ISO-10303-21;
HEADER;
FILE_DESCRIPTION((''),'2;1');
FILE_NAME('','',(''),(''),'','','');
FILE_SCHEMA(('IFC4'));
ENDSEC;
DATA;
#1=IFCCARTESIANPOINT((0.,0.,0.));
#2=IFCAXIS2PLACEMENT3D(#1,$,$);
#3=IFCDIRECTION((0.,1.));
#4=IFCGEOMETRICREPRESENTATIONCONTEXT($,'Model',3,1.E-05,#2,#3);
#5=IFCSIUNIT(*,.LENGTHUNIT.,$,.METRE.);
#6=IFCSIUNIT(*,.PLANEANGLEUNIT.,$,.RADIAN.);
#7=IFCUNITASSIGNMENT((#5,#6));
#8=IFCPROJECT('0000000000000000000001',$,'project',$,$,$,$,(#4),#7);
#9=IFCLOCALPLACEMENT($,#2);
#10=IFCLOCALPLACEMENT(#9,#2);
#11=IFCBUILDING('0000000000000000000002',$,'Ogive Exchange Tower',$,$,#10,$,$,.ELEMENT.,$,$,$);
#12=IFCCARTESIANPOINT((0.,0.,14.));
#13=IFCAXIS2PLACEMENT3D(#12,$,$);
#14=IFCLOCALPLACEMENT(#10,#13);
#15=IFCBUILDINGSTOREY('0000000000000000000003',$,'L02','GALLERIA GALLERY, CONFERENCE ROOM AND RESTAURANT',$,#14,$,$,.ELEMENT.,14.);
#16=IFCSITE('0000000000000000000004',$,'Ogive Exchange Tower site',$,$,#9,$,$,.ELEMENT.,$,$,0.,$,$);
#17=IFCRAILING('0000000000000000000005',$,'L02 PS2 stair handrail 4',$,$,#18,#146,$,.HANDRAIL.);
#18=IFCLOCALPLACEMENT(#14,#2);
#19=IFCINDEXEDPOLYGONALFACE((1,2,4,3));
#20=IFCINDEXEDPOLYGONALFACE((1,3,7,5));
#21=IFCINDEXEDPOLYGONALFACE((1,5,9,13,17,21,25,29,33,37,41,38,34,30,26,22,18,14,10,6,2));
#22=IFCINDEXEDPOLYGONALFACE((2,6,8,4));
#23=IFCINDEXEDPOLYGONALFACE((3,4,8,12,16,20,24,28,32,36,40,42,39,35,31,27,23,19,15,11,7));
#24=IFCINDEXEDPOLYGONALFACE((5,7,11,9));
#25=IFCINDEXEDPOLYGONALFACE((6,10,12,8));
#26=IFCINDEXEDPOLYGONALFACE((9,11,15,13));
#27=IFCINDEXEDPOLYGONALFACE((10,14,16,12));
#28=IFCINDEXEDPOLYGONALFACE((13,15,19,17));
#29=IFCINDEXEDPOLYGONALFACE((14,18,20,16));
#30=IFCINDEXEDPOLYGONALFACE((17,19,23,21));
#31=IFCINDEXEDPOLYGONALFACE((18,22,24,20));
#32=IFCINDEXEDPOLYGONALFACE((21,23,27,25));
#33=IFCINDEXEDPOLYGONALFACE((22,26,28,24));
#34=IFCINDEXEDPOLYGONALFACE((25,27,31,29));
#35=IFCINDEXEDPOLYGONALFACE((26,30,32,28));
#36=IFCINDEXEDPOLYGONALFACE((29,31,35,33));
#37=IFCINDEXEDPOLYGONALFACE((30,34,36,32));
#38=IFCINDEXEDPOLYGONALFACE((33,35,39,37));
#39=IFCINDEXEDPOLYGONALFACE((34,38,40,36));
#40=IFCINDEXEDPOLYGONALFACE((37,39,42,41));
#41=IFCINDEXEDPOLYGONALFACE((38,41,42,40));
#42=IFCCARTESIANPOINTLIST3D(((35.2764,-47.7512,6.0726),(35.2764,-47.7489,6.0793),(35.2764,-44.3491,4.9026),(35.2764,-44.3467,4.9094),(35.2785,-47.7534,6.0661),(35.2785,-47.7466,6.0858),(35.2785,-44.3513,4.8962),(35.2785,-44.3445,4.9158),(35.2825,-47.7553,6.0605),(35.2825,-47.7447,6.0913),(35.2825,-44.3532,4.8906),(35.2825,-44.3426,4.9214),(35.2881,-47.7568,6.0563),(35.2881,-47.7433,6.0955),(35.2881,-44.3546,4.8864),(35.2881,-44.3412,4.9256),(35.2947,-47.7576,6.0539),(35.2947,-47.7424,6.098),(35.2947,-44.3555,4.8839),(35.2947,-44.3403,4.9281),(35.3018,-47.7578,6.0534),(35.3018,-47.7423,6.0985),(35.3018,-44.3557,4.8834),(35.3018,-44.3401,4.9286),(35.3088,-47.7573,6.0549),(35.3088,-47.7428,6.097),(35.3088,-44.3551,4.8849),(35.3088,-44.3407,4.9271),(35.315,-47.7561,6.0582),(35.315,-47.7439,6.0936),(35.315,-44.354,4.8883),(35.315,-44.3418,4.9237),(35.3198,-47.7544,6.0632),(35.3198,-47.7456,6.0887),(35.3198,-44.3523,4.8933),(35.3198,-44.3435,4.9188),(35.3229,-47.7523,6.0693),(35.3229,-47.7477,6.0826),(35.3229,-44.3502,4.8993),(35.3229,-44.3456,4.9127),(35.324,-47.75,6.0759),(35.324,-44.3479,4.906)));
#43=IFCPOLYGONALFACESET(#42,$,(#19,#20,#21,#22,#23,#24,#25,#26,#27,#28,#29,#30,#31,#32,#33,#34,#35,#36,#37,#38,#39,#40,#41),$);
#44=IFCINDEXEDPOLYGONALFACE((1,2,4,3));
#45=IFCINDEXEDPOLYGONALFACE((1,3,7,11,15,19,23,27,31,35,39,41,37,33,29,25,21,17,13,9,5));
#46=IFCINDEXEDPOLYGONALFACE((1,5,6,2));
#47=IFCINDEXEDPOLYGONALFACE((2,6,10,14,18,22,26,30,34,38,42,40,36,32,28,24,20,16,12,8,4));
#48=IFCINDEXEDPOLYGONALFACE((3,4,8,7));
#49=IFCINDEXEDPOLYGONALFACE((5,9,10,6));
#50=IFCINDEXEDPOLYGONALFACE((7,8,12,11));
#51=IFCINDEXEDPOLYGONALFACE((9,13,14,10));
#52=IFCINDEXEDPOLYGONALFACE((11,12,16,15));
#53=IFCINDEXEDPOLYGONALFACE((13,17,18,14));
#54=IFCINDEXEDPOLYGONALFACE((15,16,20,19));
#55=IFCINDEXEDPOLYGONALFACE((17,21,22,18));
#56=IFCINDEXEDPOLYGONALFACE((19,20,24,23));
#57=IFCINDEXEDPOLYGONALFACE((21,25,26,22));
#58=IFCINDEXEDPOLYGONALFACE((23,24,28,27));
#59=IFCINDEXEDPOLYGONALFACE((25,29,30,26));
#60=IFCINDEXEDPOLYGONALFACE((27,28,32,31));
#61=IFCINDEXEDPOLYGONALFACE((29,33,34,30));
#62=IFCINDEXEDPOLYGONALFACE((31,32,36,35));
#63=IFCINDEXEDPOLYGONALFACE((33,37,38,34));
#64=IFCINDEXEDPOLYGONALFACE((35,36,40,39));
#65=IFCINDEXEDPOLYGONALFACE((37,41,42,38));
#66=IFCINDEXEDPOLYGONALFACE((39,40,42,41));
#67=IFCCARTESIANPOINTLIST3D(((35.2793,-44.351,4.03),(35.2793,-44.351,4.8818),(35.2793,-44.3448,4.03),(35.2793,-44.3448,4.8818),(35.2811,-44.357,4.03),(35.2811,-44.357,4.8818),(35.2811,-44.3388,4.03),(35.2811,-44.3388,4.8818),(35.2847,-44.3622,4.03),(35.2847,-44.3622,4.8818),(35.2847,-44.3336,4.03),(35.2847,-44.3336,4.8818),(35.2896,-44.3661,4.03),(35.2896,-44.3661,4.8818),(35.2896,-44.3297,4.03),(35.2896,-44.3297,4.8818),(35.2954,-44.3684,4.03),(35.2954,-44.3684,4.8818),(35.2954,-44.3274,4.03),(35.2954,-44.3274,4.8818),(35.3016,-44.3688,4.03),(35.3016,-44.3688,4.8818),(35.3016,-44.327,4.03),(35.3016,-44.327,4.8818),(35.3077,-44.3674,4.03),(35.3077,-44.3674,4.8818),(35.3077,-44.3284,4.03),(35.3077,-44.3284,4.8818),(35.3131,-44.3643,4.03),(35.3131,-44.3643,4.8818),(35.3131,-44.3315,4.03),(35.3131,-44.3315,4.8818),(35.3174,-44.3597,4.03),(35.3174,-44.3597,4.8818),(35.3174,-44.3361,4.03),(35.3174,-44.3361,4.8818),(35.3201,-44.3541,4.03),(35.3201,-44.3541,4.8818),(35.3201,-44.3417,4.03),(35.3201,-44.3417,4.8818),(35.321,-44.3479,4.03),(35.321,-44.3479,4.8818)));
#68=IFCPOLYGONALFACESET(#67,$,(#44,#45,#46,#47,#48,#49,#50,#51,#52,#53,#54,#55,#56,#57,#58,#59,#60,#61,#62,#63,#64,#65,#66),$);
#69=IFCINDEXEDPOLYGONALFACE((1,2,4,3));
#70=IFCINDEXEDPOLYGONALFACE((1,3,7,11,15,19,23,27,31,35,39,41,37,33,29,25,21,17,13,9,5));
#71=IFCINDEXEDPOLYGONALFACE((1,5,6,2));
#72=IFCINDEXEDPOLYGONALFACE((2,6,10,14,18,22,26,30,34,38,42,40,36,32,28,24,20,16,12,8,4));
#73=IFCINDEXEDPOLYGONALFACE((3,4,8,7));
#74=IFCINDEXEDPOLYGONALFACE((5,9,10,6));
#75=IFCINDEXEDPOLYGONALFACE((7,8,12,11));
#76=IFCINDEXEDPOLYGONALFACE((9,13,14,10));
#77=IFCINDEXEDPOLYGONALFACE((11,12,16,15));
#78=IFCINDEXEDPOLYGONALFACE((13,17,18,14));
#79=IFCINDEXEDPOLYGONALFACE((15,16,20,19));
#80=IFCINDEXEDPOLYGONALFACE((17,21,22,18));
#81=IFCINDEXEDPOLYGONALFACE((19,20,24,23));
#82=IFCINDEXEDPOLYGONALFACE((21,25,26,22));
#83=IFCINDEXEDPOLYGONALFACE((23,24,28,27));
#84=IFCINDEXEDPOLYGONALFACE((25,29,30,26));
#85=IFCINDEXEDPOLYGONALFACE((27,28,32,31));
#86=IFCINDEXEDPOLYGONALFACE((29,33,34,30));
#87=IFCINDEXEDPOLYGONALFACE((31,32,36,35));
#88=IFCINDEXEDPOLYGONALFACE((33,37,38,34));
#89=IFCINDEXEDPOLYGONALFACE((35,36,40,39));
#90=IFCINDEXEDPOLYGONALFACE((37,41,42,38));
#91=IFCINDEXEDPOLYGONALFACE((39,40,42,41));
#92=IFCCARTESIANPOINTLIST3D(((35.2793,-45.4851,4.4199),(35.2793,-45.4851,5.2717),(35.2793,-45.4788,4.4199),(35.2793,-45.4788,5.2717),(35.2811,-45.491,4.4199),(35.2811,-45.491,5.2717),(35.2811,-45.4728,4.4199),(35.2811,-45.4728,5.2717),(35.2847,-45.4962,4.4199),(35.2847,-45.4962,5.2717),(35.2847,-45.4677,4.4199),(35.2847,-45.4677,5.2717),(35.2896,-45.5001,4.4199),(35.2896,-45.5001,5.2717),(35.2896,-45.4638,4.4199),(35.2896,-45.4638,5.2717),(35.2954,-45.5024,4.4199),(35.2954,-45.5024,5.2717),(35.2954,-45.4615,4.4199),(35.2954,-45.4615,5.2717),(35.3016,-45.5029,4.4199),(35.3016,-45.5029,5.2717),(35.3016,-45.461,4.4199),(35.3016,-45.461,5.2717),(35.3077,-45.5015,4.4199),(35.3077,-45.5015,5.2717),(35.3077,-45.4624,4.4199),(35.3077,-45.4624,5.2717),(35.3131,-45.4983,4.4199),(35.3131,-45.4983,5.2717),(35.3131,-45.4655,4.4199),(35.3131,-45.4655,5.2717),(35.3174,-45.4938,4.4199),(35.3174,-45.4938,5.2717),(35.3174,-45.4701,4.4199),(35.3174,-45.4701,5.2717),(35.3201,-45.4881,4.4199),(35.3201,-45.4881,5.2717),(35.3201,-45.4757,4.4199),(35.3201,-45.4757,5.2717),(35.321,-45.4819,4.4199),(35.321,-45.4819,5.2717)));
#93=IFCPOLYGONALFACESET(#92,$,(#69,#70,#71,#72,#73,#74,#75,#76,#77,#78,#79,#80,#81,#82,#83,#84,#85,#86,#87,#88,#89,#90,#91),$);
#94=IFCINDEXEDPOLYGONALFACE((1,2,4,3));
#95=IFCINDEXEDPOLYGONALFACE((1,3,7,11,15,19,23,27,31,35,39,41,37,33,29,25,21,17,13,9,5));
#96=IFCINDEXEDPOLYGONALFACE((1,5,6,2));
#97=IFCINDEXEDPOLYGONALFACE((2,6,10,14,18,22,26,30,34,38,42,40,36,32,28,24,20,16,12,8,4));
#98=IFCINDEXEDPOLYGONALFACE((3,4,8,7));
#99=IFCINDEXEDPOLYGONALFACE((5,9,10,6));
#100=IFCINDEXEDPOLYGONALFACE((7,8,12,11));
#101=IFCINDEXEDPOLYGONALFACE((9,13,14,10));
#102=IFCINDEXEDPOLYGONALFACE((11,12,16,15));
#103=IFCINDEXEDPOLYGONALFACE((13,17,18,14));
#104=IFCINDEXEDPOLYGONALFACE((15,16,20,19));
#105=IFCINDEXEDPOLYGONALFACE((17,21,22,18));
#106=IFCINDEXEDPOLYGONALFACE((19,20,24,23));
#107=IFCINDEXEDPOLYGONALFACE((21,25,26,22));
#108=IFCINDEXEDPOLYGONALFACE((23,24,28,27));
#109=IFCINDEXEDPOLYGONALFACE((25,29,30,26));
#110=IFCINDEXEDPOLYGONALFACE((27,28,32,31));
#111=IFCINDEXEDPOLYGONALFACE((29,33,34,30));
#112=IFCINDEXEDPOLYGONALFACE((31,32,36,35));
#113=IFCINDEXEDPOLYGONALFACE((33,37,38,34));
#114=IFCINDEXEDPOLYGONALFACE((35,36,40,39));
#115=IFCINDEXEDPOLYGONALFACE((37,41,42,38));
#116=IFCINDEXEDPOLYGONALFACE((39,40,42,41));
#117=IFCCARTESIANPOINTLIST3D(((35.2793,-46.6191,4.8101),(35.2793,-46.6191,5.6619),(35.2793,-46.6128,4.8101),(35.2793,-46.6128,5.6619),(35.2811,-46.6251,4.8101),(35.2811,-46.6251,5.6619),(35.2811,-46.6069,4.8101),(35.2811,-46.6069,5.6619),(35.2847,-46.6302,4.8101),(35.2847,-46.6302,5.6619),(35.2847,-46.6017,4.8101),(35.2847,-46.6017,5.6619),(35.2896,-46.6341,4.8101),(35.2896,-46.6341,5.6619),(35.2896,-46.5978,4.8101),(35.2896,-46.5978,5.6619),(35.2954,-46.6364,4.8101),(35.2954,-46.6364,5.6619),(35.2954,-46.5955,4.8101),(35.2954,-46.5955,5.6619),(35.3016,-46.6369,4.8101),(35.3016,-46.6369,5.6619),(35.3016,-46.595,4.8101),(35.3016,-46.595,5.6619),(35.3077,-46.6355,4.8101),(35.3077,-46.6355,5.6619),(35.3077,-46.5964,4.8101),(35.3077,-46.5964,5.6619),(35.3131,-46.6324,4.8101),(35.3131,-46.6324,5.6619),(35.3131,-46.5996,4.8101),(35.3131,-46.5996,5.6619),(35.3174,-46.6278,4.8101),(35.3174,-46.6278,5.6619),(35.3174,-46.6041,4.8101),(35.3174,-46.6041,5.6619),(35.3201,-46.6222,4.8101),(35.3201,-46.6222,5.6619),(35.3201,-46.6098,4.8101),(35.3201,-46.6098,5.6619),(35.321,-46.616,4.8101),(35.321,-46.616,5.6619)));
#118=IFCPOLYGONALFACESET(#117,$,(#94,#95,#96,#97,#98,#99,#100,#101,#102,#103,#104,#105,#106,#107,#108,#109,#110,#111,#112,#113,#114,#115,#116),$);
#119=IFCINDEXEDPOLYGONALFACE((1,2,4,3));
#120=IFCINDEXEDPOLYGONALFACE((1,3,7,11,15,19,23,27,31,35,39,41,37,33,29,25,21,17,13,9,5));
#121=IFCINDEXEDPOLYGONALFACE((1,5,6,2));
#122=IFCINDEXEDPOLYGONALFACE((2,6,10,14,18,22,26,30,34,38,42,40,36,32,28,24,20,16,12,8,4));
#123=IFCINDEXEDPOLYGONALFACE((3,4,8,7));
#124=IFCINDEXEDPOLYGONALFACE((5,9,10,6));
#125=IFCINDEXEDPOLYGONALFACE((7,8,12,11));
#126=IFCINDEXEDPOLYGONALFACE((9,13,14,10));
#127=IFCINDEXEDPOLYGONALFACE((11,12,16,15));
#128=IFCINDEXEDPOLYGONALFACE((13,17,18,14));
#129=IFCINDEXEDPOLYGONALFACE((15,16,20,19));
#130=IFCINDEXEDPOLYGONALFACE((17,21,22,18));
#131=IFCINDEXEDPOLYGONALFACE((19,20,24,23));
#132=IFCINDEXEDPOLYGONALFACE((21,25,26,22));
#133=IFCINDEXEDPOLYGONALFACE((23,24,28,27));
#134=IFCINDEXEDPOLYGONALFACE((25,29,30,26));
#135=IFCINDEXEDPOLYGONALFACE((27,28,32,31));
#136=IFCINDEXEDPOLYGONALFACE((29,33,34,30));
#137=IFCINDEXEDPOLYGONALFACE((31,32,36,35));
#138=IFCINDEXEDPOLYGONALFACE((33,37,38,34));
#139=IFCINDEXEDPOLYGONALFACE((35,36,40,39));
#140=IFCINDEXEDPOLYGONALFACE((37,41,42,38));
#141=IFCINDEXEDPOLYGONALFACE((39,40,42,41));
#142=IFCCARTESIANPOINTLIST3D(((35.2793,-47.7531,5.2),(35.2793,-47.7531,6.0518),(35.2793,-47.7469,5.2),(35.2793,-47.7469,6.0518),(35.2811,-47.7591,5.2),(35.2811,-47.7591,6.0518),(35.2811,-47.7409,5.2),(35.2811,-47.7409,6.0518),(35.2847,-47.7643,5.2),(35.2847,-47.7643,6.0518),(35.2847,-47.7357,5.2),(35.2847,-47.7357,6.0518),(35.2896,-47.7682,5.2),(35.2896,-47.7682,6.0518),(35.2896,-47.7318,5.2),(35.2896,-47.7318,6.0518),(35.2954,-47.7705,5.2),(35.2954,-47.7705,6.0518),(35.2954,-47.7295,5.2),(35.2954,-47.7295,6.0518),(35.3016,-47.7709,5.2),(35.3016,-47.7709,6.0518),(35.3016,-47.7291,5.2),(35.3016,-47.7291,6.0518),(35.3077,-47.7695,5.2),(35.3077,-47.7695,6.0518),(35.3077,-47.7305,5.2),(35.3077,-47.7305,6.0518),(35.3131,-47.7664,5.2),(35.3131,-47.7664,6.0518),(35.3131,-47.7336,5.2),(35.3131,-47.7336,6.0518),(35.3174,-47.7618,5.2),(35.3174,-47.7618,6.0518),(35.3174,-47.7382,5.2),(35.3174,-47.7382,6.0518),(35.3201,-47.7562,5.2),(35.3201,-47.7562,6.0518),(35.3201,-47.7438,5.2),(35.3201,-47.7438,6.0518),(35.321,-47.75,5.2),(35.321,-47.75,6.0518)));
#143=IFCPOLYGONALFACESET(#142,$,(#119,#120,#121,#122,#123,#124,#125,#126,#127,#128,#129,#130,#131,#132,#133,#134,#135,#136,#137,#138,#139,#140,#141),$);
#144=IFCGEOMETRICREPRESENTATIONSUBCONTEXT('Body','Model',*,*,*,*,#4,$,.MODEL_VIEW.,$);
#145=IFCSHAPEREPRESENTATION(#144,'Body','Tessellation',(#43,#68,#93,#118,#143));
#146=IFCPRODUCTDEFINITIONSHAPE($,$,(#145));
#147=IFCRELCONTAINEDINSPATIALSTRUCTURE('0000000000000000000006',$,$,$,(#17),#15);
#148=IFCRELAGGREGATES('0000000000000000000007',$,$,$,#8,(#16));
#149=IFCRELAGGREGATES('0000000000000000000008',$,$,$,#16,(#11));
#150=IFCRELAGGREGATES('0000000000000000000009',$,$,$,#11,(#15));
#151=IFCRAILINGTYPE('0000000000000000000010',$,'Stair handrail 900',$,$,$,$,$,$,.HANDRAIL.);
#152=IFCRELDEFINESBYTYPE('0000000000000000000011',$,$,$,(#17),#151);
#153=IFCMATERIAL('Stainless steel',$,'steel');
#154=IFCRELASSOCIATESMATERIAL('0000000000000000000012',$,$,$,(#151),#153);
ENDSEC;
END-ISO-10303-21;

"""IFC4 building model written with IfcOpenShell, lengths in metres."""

from ifc_helpers import new_model, si_unit, direction, frame, origin, origin_2d, place, context, subcontext, project, spatial, circle, extrude, material, type_object, element, save


model = new_model("IFC4")

# Units and contexts
model_context = context("Model", 3, precision=1e-05, world=origin(), true_north=direction((0.0, 1.0)))
body_context = subcontext(model_context, "Body", "Model", "MODEL_VIEW")
ifc_project = project(units=[si_unit("LENGTHUNIT", "METRE"), si_unit("PLANEANGLEUNIT", "RADIAN")], contexts=[model_context])

# Site, building, storey
site_placement = place(None, origin())
site = spatial("IfcSite", under=ifc_project, at=site_placement, Name="Ogive Exchange Tower site", CompositionType="ELEMENT", RefElevation=0.0)
building_placement = place(site_placement, origin())
building = spatial("IfcBuilding", under=site, at=building_placement, Name="Ogive Exchange Tower", CompositionType="ELEMENT")
storey_placement = place(building_placement, frame((0.0, 0.0, 14.0)))
storey = spatial("IfcBuildingStorey", under=building, at=storey_placement, Name="L02", Description="GALLERIA GALLERY, CONFERENCE ROOM AND RESTAURANT", CompositionType="ELEMENT", Elevation=14.0)

# Railing
ifc_material_1 = material(Name="Stainless steel", Category="steel")
railing_type = type_object("IfcRailingType", Name="Stair handrail 900", PredefinedType="HANDRAIL", material=ifc_material_1)
railing_1_placement = place(storey_placement, frame((35.3, -44.3479, 4.03)))
element("IfcRailing", 1, at=railing_1_placement, inside=storey, type_object=railing_type, Name="L02 PS2 stair handrail 4", PredefinedType="HANDRAIL", context=body_context, shape_type="SweptSolid", body=[
    extrude(circle(Radius=0.0239, at=origin_2d()), frame((0.0, 0.0, 0.876), z_axis=(0.0, -0.945648, 0.325192), x_axis=(1.0, 0.0, 0.0)), (0.0, 0.0, 1.0), 3.5977),
    extrude(circle(Radius=0.021, at=origin_2d()), origin(), (0.0, 0.0, 1.0), 0.8518),
    extrude(circle(Radius=0.021, at=origin_2d()), frame((0.0, -1.134, 0.3899)), (0.0, 0.0, 1.0), 0.8518),
    extrude(circle(Radius=0.021, at=origin_2d()), frame((0.0, -2.2681, 0.78)), (0.0, 0.0, 1.0), 0.8518),
    extrude(circle(Radius=0.021, at=origin_2d()), frame((0.0, -3.4021, 1.1699)), (0.0, 0.0, 1.0), 0.8518),
])

save(model, "model.ifc")
